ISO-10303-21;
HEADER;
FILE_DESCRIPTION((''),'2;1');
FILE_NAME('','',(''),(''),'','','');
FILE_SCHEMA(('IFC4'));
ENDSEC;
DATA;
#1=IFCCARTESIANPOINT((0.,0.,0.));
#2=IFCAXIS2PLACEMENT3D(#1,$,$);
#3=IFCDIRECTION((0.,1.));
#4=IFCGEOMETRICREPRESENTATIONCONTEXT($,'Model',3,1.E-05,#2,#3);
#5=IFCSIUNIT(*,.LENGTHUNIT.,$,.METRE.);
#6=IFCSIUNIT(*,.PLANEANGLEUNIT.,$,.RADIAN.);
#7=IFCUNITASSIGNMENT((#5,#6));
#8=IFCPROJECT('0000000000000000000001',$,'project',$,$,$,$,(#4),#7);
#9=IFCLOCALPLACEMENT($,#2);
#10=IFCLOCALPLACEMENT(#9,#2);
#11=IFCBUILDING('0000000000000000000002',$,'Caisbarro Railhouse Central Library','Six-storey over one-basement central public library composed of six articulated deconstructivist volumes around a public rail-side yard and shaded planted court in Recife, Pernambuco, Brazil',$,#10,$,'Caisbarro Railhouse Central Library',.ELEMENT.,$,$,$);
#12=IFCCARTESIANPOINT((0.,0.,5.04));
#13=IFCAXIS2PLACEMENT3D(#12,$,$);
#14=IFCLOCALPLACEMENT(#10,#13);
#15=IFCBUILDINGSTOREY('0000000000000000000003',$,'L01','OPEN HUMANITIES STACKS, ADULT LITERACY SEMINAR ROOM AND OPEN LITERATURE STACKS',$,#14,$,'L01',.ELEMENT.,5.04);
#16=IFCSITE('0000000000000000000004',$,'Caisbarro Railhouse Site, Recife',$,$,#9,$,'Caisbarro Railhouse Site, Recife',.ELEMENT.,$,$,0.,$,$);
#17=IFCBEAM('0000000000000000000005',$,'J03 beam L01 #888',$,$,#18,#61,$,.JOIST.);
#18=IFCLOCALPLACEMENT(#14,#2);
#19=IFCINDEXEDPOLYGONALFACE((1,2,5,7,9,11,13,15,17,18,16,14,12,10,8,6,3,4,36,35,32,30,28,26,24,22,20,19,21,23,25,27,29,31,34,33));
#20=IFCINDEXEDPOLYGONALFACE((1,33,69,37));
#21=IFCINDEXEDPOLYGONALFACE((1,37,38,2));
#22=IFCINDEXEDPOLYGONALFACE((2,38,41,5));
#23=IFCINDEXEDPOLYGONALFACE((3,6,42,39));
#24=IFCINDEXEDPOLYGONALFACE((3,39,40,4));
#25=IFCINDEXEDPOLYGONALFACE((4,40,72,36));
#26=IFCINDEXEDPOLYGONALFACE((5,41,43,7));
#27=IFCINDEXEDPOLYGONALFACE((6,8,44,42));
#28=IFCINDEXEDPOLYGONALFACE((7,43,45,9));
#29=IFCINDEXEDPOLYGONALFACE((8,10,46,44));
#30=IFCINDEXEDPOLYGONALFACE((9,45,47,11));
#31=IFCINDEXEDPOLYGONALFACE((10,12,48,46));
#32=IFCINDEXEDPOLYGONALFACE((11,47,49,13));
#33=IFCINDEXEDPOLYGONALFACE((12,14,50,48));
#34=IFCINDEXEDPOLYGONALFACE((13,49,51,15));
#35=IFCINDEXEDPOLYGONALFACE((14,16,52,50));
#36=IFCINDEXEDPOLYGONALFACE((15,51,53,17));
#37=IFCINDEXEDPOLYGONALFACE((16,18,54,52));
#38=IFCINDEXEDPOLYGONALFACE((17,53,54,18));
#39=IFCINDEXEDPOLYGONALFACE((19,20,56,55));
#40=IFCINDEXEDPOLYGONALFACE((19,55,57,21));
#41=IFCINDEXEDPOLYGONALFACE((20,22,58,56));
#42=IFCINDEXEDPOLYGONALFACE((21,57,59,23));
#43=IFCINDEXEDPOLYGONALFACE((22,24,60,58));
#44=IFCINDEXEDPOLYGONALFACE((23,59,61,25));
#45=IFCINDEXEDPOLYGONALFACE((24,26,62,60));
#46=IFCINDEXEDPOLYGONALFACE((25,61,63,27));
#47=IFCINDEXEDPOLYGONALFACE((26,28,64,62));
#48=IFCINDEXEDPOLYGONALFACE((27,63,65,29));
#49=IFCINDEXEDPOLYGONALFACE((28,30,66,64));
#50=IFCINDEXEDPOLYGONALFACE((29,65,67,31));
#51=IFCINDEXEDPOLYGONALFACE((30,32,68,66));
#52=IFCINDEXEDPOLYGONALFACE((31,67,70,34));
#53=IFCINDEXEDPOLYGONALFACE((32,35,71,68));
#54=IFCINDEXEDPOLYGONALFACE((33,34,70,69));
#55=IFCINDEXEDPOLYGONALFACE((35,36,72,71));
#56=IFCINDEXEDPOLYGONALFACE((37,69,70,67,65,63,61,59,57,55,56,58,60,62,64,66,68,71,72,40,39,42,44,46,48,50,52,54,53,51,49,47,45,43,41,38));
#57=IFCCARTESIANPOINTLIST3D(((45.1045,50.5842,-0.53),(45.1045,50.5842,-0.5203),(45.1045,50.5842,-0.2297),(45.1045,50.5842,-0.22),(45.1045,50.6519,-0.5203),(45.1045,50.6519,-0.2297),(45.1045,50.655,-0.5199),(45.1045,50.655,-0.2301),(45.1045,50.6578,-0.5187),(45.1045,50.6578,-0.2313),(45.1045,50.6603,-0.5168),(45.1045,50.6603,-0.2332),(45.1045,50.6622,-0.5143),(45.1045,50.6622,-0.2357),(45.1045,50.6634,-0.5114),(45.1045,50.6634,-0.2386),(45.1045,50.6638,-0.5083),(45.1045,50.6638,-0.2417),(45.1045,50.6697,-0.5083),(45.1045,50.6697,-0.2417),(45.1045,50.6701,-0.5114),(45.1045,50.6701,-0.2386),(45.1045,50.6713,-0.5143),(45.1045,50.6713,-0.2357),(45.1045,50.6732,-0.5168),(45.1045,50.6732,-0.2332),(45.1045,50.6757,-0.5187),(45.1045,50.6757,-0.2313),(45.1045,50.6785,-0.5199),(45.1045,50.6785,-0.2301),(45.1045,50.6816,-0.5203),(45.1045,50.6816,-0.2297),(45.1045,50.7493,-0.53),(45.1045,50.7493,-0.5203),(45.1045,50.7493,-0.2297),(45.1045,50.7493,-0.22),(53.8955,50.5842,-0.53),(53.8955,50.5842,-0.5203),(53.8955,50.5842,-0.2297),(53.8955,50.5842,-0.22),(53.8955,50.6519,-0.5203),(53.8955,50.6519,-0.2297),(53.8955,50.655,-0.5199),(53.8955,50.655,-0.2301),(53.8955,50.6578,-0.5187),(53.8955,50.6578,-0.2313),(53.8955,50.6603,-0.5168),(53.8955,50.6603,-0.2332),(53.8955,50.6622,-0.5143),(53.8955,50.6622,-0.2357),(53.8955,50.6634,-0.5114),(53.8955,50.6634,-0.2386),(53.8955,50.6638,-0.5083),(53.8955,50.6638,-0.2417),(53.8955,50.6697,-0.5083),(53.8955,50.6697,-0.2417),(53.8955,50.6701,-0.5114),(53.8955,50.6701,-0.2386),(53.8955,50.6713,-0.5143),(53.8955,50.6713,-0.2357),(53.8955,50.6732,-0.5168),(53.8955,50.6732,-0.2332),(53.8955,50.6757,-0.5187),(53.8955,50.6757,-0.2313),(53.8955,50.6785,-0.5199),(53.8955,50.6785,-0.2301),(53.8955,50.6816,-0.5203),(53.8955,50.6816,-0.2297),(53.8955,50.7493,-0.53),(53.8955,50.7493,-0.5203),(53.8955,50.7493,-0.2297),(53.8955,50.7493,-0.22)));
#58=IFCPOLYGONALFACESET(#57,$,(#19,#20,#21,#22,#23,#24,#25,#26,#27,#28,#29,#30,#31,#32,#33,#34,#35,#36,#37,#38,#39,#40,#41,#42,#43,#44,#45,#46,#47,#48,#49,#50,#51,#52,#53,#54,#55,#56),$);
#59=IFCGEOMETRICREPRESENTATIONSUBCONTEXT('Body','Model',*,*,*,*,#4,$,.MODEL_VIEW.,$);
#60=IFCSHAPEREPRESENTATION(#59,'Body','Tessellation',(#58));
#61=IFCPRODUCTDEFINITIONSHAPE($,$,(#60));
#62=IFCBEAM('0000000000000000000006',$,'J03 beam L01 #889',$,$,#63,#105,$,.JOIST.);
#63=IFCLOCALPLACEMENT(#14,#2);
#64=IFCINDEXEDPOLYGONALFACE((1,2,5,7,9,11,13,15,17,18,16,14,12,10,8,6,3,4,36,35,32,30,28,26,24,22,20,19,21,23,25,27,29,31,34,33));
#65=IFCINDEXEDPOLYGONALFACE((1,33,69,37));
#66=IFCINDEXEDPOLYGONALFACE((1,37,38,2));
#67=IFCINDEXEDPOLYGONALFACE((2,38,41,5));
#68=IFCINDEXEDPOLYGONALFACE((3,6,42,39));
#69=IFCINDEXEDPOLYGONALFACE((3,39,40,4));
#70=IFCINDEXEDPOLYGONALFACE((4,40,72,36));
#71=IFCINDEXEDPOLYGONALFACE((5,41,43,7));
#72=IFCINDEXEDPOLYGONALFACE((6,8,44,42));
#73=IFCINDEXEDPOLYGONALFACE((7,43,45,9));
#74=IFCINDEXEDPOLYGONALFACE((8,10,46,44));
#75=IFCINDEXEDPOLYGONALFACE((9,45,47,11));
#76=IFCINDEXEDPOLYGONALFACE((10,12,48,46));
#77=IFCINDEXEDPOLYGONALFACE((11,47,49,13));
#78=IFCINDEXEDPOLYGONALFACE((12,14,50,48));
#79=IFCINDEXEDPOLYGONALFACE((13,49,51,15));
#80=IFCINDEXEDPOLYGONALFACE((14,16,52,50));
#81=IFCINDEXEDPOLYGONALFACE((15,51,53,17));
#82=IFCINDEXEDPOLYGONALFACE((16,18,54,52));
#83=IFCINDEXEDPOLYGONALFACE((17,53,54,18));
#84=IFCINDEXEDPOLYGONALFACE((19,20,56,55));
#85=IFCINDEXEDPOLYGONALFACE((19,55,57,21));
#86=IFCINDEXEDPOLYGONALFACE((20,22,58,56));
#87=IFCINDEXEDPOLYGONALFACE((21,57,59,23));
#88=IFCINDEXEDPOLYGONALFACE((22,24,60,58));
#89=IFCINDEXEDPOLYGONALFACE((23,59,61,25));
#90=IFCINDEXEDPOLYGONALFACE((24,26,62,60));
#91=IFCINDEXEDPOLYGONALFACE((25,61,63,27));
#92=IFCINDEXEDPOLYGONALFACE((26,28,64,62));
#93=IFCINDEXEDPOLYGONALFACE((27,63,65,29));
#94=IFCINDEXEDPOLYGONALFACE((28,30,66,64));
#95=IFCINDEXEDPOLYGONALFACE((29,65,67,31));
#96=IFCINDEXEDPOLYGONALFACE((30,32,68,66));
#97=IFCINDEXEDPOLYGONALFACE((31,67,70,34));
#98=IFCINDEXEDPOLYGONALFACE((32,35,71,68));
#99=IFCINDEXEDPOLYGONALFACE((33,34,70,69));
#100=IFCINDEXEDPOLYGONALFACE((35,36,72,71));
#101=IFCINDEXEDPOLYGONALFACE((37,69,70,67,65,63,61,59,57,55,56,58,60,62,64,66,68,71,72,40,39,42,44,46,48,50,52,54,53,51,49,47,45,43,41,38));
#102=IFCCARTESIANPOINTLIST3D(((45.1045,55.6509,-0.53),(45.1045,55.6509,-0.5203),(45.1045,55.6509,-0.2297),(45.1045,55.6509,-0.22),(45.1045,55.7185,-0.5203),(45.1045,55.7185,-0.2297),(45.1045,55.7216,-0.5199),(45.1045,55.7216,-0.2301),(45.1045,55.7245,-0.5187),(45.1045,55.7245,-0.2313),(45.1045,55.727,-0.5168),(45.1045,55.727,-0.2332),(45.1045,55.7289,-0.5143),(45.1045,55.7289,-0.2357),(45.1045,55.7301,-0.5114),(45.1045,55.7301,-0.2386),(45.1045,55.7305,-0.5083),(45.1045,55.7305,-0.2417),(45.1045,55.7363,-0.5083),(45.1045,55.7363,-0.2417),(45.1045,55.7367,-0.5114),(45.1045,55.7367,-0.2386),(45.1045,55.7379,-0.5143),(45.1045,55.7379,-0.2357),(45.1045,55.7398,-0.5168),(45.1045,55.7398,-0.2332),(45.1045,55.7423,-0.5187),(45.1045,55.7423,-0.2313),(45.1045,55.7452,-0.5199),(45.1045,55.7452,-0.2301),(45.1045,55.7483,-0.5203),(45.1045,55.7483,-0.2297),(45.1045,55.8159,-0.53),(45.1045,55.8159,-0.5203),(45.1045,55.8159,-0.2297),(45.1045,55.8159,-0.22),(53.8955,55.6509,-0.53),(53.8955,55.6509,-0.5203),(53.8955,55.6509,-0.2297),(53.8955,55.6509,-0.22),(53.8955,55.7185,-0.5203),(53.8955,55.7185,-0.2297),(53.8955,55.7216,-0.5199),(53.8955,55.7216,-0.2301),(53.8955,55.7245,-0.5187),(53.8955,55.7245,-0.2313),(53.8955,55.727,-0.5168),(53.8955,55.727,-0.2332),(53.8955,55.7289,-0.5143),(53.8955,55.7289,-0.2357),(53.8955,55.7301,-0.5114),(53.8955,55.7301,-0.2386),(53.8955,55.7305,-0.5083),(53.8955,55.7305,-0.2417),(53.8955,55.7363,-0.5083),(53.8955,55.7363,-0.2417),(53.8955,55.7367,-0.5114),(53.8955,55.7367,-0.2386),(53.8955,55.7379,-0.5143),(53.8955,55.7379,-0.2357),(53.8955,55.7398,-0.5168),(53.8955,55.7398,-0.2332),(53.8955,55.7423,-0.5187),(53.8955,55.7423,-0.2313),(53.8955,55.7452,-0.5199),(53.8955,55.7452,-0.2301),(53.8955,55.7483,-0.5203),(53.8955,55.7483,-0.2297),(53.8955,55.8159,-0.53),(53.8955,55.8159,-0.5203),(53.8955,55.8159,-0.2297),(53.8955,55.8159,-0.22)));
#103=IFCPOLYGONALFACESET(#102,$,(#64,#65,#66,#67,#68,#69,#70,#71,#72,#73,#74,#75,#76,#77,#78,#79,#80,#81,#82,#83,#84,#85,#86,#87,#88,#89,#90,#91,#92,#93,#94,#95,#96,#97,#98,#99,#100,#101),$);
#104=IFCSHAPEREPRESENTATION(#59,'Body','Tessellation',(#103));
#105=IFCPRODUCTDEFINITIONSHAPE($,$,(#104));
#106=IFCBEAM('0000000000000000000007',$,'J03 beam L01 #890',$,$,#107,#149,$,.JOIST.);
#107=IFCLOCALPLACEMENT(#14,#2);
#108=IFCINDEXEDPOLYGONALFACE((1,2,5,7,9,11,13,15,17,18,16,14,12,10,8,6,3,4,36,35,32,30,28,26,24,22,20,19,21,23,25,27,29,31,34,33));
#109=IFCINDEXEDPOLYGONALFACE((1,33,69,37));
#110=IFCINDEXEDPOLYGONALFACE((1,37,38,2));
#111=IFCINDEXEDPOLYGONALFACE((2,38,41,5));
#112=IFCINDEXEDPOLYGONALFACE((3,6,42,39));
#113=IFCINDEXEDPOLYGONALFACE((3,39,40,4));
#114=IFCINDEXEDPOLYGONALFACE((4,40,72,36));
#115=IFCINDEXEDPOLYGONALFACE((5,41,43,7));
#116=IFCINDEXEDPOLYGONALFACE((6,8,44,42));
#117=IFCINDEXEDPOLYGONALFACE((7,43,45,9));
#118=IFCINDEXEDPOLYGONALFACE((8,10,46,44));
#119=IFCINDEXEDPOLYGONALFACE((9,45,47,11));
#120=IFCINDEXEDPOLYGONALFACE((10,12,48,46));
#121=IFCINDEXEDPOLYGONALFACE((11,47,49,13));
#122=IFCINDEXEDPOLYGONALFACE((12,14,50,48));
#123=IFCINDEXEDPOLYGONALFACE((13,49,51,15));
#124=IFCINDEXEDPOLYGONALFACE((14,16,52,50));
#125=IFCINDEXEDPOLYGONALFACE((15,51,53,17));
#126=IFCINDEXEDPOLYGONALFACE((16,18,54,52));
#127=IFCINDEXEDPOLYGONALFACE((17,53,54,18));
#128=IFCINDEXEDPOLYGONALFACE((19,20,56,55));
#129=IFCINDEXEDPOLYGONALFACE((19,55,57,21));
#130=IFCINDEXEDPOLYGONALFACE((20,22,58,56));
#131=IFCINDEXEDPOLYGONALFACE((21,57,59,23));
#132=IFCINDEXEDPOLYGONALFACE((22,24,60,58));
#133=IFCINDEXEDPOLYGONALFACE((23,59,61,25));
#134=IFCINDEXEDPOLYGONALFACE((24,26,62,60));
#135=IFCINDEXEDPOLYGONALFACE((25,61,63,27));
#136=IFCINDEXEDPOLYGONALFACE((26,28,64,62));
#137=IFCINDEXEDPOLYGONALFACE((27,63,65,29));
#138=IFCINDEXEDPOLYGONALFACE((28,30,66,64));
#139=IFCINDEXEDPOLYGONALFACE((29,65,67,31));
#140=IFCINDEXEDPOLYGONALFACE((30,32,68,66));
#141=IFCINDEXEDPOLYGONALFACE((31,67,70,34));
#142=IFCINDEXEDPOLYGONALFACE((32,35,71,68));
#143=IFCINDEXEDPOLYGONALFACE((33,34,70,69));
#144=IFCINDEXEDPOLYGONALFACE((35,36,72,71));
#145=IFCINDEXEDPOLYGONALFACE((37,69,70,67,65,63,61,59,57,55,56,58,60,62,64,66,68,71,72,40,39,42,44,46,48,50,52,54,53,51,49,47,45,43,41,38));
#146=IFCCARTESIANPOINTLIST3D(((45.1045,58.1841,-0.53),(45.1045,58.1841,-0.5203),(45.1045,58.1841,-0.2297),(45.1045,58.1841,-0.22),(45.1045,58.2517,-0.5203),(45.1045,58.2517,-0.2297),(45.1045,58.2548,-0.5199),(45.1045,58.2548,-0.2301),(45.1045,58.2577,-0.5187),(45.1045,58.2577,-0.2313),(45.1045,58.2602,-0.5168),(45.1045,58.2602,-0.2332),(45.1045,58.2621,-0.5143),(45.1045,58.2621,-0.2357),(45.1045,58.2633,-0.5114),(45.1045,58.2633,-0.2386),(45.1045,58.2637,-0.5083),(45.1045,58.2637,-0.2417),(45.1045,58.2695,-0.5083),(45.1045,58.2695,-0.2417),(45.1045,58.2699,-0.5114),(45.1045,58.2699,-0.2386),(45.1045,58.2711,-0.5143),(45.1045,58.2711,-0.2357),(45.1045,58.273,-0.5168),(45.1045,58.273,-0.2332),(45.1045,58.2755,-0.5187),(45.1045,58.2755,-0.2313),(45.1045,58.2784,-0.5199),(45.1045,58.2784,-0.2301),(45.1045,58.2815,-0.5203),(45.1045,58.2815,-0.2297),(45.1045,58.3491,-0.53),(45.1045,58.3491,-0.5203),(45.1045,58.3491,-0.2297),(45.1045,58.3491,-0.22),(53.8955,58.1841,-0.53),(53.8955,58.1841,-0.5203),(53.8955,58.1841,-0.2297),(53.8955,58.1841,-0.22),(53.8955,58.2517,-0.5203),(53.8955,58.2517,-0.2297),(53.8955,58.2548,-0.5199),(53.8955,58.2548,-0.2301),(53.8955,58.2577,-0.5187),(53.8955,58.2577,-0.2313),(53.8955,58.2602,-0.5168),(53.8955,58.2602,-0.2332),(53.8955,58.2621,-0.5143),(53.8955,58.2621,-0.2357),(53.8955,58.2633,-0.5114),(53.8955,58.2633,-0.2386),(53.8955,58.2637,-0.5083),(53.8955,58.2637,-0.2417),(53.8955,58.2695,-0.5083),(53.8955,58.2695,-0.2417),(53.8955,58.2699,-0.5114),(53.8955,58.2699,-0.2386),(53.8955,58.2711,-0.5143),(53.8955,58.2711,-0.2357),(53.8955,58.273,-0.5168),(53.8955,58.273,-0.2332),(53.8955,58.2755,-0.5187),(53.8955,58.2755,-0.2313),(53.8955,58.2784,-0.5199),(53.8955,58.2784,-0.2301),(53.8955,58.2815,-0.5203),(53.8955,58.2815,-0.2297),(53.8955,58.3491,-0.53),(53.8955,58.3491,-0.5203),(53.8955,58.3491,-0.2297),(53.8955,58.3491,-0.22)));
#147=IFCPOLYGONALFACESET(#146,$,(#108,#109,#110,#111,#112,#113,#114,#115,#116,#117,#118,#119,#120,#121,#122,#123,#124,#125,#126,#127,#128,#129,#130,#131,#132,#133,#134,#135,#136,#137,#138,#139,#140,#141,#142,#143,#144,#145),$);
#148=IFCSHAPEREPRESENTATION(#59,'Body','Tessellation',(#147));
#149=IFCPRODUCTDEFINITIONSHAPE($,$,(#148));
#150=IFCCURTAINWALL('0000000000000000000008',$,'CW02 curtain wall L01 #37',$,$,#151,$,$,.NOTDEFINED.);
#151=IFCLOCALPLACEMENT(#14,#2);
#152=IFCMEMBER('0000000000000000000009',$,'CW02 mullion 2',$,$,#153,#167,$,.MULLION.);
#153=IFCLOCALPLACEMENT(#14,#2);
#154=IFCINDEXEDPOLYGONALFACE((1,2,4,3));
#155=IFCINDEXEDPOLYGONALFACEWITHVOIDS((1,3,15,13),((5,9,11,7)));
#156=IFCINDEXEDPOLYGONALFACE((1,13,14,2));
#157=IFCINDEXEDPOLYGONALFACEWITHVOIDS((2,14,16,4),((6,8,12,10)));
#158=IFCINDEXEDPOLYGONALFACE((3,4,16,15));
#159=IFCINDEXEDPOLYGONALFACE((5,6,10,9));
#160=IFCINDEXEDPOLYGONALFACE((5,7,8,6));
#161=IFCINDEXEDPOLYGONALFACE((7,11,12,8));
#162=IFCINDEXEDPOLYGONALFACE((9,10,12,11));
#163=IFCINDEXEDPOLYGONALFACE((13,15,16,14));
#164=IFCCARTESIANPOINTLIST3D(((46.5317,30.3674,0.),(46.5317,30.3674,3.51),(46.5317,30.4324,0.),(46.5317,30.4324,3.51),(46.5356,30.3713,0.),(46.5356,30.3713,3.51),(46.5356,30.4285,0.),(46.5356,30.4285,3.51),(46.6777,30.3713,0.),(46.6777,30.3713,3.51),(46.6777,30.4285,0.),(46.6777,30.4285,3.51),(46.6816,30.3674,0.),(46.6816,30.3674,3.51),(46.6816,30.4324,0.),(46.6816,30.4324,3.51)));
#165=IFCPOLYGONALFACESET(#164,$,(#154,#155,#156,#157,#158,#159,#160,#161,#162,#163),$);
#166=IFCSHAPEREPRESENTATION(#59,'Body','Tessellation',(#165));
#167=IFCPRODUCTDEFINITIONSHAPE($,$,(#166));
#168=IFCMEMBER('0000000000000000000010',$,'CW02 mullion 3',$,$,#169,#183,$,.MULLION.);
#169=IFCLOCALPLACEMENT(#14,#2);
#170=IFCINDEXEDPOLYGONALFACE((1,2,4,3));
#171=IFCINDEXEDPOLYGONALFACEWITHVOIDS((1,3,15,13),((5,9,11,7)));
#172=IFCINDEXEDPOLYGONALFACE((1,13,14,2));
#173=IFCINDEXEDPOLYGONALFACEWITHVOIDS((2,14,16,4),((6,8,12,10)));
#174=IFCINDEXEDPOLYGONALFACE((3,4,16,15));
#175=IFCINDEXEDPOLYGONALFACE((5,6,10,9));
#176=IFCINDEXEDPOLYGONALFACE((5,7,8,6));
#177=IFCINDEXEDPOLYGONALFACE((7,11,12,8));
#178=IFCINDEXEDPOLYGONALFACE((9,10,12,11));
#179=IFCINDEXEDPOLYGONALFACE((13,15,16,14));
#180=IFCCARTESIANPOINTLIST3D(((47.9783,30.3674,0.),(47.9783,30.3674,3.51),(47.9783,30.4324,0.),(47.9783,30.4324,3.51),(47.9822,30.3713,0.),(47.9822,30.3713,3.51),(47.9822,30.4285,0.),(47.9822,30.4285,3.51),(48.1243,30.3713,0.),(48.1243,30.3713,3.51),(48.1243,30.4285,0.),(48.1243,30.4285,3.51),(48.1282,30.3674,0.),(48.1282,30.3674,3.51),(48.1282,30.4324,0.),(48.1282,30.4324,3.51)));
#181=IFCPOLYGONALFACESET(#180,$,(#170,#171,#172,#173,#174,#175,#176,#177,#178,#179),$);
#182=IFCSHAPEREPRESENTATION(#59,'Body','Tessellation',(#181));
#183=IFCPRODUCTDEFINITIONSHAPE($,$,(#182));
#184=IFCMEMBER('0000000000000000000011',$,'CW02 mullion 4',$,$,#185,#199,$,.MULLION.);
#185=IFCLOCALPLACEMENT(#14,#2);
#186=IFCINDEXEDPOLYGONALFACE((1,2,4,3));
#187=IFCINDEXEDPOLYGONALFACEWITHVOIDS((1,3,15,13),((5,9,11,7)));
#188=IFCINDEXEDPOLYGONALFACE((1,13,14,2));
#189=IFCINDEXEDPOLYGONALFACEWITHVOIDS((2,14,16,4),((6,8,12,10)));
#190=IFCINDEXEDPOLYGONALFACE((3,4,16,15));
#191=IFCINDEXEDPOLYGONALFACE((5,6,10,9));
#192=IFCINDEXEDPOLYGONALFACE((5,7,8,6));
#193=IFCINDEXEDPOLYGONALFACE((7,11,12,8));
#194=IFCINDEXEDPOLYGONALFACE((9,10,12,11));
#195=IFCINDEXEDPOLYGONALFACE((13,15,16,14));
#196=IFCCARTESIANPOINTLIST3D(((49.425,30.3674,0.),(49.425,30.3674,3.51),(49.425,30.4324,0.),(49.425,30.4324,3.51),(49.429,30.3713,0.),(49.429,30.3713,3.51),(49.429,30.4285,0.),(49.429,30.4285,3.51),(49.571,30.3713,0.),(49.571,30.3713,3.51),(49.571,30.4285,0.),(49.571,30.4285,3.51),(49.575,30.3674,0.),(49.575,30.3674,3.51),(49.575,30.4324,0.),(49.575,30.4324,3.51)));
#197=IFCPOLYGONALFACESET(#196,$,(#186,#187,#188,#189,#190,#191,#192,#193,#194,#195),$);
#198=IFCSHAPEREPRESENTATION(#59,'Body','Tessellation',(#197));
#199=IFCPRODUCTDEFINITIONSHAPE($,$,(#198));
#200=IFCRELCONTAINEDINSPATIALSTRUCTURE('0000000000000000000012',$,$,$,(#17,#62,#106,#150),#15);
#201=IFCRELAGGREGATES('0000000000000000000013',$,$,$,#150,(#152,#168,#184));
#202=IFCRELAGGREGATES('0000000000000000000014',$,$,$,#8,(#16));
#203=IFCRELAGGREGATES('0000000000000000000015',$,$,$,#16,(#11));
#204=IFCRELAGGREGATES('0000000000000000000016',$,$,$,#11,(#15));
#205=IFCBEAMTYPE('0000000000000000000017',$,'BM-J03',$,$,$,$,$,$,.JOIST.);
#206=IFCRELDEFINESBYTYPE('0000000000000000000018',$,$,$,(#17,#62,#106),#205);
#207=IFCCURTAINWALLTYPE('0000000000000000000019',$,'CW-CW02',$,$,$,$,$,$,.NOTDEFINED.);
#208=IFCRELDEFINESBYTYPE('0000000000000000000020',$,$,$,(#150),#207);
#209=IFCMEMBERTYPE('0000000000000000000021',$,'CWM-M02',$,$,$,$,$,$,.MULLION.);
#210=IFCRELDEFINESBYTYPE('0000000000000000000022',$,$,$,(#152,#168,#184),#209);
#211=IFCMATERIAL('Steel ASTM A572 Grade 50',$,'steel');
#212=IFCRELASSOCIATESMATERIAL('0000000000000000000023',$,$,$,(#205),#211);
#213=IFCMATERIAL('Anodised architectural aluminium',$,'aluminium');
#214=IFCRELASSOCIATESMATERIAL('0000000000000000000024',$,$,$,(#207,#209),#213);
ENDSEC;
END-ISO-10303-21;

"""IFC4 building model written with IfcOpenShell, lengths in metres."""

from ifc_helpers import new_model, si_unit, direction, frame, origin, origin_2d, place, context, subcontext, project, spatial, hollow_rectangle, i_section, extrude, material, material_profile, profile_set, type_object, element, aggregate, save


model = new_model("IFC4")

# Units and contexts
model_context = context("Model", 3, precision=1e-05, world=origin(), true_north=direction((0.0, 1.0)))
body_context = subcontext(model_context, "Body", "Model", "MODEL_VIEW")
ifc_project = project(units=[si_unit("LENGTHUNIT", "METRE"), si_unit("PLANEANGLEUNIT", "RADIAN")], contexts=[model_context])

# Site, building, storey
site_placement = place(None, origin())
site = spatial("IfcSite", under=ifc_project, at=site_placement, Name="Caisbarro Railhouse Site, Recife", LongName="Caisbarro Railhouse Site, Recife", CompositionType="ELEMENT", RefElevation=0.0)
building_placement = place(site_placement, origin())
building = spatial("IfcBuilding", under=site, at=building_placement, Name="Caisbarro Railhouse Central Library", Description="Six-storey over one-basement central public library composed of six articulated deconstructivist volumes around a public rail-side yard and shaded planted court in Recife, Pernambuco, Brazil", LongName="Caisbarro Railhouse Central Library", CompositionType="ELEMENT")
storey_placement = place(building_placement, frame((0.0, 0.0, 5.04)))
storey = spatial("IfcBuildingStorey", under=building, at=storey_placement, Name="L01", Description="OPEN HUMANITIES STACKS, ADULT LITERACY SEMINAR ROOM AND OPEN LITERATURE STACKS", LongName="L01", CompositionType="ELEMENT", Elevation=5.04)

# Beams
ifc_material_1 = material(Name="Steel ASTM A572 Grade 50", Category="steel")
ifc_material_profile_1 = material_profile(ifc_material_1, i_section(OverallWidth=0.165, OverallDepth=0.3101, WebThickness=0.0059, FlangeThickness=0.0098, FilletRadius=0.012, at=origin_2d()), Name="W310X38.7")
ifc_profile_set_1 = profile_set([ifc_material_profile_1], Name="Steel ASTM A572 Grade 50")
beam_type = type_object("IfcBeamType", Name="BM-J03", PredefinedType="JOIST", material=ifc_profile_set_1)
for number, where, z_axis, x_axis, name in (
    (1, (45.1045, 50.6667, -0.375), (1.0, 0.0, 0.0), (0.0, 1.0, 0.0), "J03 beam L01 #888"),
    (2, (45.1045, 55.7334, -0.375), (1.0, 0.0, 0.0), (0.0, 1.0, 0.0), "J03 beam L01 #889"),
    (3, (45.1045, 58.2666, -0.375), (1.0, 0.0, 0.0), (0.0, 1.0, 0.0), "J03 beam L01 #890"),
):
    element("IfcBeam", number, at=place(storey_placement, frame(where, z_axis=z_axis, x_axis=x_axis)), inside=storey, type_object=beam_type, Name=name, PredefinedType="JOIST", context=body_context, shape_type="SweptSolid", body=[
        extrude(i_section(OverallWidth=0.165, OverallDepth=0.3101, WebThickness=0.0059, FlangeThickness=0.0098, FilletRadius=0.012, at=origin_2d()), origin(), (0.0, 0.0, 1.0), 8.791),
    ])

# Curtain wall, members
ifc_material_2 = material(Name="Anodised architectural aluminium", Category="aluminium")
curtain_wall_type = type_object("IfcCurtainWallType", Name="CW-CW02", PredefinedType="NOTDEFINED", material=ifc_material_2)
curtain_wall_placement = place(storey_placement, origin())
curtain_wall = element("IfcCurtainWall", 4, at=curtain_wall_placement, inside=storey, type_object=curtain_wall_type, Name="CW02 curtain wall L01 #37", PredefinedType="NOTDEFINED")
ifc_material_profile_2 = material_profile(ifc_material_2, hollow_rectangle(XDim=0.0649, YDim=0.1499, WallThickness=0.0039, at=origin_2d()), Name="ALU-MUL-65X150")
ifc_profile_set_2 = profile_set([ifc_material_profile_2], Name="Anodised architectural aluminium")
member_type_1 = type_object("IfcMemberType", Name="CWM-M02", PredefinedType="MULLION", material=ifc_profile_set_2)
member_1_placement = place(storey_placement, frame((46.6067, 30.3999, 0.0), z_axis=(0.0, 0.0, 1.0), x_axis=(0.0, 1.0, 0.0)))
member_1 = element("IfcMember", 5, at=member_1_placement, type_object=member_type_1, Name="CW02 mullion 2", PredefinedType="MULLION", context=body_context, shape_type="SweptSolid", body=[
    extrude(hollow_rectangle(XDim=0.0649, YDim=0.1499, WallThickness=0.0039, at=origin_2d()), origin(), (0.0, 0.0, 1.0), 3.51),
])
member_2_placement = place(storey_placement, frame((48.0532, 30.3999, 0.0), z_axis=(0.0, 0.0, 1.0), x_axis=(0.0, 1.0, 0.0)))
member_2 = element("IfcMember", 6, at=member_2_placement, type_object=member_type_1, Name="CW02 mullion 3", PredefinedType="MULLION", context=body_context, shape_type="SweptSolid", body=[
    extrude(hollow_rectangle(XDim=0.0649, YDim=0.1499, WallThickness=0.0039, at=origin_2d()), origin(), (0.0, 0.0, 1.0), 3.51),
])
member_3_placement = place(storey_placement, frame((49.5, 30.3999, 0.0), z_axis=(0.0, 0.0, 1.0), x_axis=(0.0, 1.0, 0.0)))
member_3 = element("IfcMember", 7, at=member_3_placement, type_object=member_type_1, Name="CW02 mullion 4", PredefinedType="MULLION", context=body_context, shape_type="SweptSolid", body=[
    extrude(hollow_rectangle(XDim=0.0649, YDim=0.1499, WallThickness=0.0039, at=origin_2d()), origin(), (0.0, 0.0, 1.0), 3.51),
])
aggregate(curtain_wall, [member_1, member_2, member_3])

save(model, "model.ifc")
